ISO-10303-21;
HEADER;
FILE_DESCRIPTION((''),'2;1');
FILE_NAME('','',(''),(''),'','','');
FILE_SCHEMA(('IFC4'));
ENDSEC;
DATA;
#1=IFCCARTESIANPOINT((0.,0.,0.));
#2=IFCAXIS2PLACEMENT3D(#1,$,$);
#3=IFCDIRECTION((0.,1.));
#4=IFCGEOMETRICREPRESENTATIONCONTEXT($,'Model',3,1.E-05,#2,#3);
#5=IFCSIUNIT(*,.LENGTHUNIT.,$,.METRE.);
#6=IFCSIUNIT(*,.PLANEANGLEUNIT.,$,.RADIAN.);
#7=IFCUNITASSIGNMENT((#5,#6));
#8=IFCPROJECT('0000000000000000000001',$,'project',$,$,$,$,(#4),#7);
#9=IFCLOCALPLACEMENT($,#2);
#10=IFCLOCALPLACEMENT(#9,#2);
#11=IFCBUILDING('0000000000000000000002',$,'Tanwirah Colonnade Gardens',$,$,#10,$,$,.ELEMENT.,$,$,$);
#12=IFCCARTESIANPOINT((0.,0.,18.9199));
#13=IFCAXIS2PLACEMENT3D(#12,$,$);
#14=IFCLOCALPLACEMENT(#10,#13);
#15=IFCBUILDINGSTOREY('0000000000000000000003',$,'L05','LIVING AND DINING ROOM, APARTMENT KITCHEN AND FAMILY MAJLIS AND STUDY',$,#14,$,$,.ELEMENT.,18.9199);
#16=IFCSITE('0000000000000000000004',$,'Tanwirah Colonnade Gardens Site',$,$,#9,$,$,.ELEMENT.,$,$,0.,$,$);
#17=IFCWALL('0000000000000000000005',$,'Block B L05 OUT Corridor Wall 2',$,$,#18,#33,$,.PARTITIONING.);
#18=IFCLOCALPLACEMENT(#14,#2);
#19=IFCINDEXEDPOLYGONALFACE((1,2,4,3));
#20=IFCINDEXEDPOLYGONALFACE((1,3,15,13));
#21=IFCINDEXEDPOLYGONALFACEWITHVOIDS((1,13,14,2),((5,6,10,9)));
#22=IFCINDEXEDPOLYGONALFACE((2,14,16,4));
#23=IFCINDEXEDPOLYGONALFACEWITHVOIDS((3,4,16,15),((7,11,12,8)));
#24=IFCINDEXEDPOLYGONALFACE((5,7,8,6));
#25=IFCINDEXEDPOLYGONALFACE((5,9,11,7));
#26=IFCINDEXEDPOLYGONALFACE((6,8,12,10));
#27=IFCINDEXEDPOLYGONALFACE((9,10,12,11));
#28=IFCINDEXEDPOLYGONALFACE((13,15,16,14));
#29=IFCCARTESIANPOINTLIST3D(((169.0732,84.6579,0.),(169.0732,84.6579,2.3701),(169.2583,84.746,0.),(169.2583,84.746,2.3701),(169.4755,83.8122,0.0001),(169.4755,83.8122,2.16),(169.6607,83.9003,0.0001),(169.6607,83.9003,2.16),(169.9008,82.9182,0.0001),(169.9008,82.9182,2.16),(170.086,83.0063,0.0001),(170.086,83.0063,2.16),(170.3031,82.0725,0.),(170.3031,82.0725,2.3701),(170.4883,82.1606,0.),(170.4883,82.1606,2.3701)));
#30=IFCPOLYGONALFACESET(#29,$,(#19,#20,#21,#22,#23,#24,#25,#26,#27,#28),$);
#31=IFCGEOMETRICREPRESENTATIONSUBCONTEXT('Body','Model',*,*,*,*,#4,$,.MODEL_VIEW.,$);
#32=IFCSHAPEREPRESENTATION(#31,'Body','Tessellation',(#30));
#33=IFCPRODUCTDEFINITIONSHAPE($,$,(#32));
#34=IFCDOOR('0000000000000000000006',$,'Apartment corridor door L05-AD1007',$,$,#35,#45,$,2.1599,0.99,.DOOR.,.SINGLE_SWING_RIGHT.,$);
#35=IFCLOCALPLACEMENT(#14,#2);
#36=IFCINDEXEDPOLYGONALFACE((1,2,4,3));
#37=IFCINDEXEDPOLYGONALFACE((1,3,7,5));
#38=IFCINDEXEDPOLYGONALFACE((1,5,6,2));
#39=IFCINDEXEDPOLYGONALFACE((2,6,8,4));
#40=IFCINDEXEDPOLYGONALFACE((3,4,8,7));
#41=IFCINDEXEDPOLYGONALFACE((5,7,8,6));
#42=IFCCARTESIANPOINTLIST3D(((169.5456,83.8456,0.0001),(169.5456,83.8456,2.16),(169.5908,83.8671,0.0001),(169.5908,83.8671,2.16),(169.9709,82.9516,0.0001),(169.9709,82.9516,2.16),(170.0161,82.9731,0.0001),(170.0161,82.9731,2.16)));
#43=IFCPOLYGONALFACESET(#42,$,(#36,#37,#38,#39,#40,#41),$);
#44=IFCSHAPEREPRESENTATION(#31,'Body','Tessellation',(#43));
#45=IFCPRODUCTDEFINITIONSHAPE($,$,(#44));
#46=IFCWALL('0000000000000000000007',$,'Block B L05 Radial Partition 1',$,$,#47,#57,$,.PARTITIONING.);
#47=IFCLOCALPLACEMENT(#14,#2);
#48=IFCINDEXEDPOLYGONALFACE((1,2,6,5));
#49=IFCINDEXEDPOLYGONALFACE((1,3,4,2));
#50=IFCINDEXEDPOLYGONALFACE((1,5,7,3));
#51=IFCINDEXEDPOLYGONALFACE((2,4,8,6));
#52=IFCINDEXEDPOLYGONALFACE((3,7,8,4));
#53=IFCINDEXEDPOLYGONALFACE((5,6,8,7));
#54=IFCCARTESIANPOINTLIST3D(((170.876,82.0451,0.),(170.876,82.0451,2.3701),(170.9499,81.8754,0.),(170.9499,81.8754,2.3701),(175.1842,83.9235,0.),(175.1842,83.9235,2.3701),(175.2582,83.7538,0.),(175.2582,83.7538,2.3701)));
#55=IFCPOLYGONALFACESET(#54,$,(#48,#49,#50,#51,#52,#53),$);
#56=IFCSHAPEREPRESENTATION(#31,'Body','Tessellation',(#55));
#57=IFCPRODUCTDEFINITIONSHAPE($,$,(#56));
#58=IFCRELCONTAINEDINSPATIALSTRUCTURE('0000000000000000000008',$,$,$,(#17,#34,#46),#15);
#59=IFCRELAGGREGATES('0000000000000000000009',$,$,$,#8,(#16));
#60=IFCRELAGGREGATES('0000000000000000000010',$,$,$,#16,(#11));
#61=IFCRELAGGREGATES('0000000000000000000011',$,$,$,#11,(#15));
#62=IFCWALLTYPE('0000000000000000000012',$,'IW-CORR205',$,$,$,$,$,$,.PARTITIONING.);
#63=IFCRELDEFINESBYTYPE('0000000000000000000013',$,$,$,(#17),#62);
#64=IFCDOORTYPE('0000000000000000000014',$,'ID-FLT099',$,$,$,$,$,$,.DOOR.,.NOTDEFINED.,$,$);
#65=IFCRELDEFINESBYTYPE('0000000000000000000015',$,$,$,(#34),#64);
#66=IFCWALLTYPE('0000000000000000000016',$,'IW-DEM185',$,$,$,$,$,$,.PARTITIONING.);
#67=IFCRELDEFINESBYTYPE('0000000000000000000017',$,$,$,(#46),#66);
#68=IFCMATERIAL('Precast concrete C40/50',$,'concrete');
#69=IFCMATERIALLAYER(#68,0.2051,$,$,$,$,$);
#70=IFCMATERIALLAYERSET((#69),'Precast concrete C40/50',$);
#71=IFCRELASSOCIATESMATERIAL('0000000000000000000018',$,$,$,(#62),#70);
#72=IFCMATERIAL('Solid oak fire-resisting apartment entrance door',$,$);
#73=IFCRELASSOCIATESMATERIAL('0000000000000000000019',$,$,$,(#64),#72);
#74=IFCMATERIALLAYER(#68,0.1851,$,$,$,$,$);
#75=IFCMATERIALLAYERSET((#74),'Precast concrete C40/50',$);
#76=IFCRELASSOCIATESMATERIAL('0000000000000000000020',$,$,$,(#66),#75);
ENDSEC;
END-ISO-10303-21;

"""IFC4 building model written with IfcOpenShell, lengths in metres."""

from ifc_helpers import new_model, si_unit, direction, frame, frame_2d, origin, place, context, subcontext, project, spatial, rectangle, extrude, material, layer, layer_set, type_object, element, fill, save


model = new_model("IFC4")

# Units and contexts
model_context = context("Model", 3, precision=1e-05, world=origin(), true_north=direction((0.0, 1.0)))
body_context = subcontext(model_context, "Body", "Model", "MODEL_VIEW")
ifc_project = project(units=[si_unit("LENGTHUNIT", "METRE"), si_unit("PLANEANGLEUNIT", "RADIAN")], contexts=[model_context])

# Site, building, storey
site_placement = place(None, origin())
site = spatial("IfcSite", under=ifc_project, at=site_placement, Name="Tanwirah Colonnade Gardens Site", CompositionType="ELEMENT", RefElevation=0.0)
building_placement = place(site_placement, origin())
building = spatial("IfcBuilding", under=site, at=building_placement, Name="Tanwirah Colonnade Gardens", CompositionType="ELEMENT")
storey_placement = place(building_placement, frame((0.0, 0.0, 18.9199)))
storey = spatial("IfcBuildingStorey", under=building, at=storey_placement, Name="L05", Description="LIVING AND DINING ROOM, APARTMENT KITCHEN AND FAMILY MAJLIS AND STUDY", CompositionType="ELEMENT", Elevation=18.9199)

# Shared definitions
ifc_material_1 = material(Name="Precast concrete C40/50", Category="concrete")

# Wall, opening, door
ifc_layer_1 = layer(ifc_material_1, 0.2051)
ifc_layer_set_1 = layer_set([ifc_layer_1], Name="Precast concrete C40/50")
wall_type_1 = type_object("IfcWallType", Name="IW-CORR205", PredefinedType="PARTITIONING", material=ifc_layer_set_1)
wall_1_placement = place(storey_placement, frame((170.3958, 82.1165, 0.0), z_axis=(0.0, 0.0, 1.0), x_axis=(-0.429596, 0.903021, 0.0)))
wall_1 = element("IfcWall", 1, at=wall_1_placement, inside=storey, type_object=wall_type_1, Name="Block B L05 OUT Corridor Wall 2", PredefinedType="PARTITIONING", context=body_context, shape_type="SweptSolid", body=[
    extrude(rectangle(XDim=2.863, YDim=0.2051, at=frame_2d((1.4316, 0.0))), origin(), (0.0, 0.0, 1.0), 2.3701),
])
opening_1_placement = place(wall_1_placement, frame((0.9365, 0.0, 0.0)))
opening_1 = element("IfcOpeningElement", 2, at=opening_1_placement, cuts=wall_1, PredefinedType="OPENING", context=body_context, shape_type="SweptSolid", body=[
    extrude(rectangle(XDim=0.99, YDim=2.1599, at=frame_2d((0.4951, 1.0801))), frame((0.0, 0.1125, 0.0), z_axis=(0.0, -1.0, 0.0), x_axis=(1.0, 0.0, 0.0)), (0.0, 0.0, 1.0), 0.2251),
])
ifc_material_2 = material(Name="Solid oak fire-resisting apartment entrance door")
door_type_1 = type_object("IfcDoorType", Name="ID-FLT099", OperationType="NOTDEFINED", PredefinedType="DOOR", material=ifc_material_2)
door_1_placement = place(opening_1_placement, origin())
door_1 = element("IfcDoor", 3, at=door_1_placement, inside=storey, type_object=door_type_1, Name="Apartment corridor door L05-AD1007", OperationType="SINGLE_SWING_RIGHT", OverallHeight=2.1599, OverallWidth=0.99, PredefinedType="DOOR", context=body_context, shape_type="SweptSolid", body=[
    extrude(rectangle(XDim=0.99, YDim=2.1599, at=frame_2d((0.4951, 1.0801))), frame((0.0, 0.0249, 0.0), z_axis=(0.0, -1.0, 0.0), x_axis=(1.0, 0.0, 0.0)), (0.0, 0.0, 1.0), 0.05),
])
fill(opening_1, door_1)

# Wall
ifc_layer_2 = layer(ifc_material_1, 0.1851)
ifc_layer_set_2 = layer_set([ifc_layer_2], Name="Precast concrete C40/50")
wall_type_2 = type_object("IfcWallType", Name="IW-DEM185", PredefinedType="PARTITIONING", material=ifc_layer_set_2)
wall_2_placement = place(storey_placement, frame((170.9128, 81.9602, 0.0), z_axis=(0.0, 0.0, 1.0), x_axis=(0.916663, 0.39966, 0.0)))
element("IfcWall", 4, at=wall_2_placement, inside=storey, type_object=wall_type_2, Name="Block B L05 Radial Partition 1", PredefinedType="PARTITIONING", context=body_context, shape_type="SweptSolid", body=[
    extrude(rectangle(XDim=4.7, YDim=0.1851, at=frame_2d((2.3501, 0.0))), origin(), (0.0, 0.0, 1.0), 2.3701),
])

save(model, "model.ifc")
